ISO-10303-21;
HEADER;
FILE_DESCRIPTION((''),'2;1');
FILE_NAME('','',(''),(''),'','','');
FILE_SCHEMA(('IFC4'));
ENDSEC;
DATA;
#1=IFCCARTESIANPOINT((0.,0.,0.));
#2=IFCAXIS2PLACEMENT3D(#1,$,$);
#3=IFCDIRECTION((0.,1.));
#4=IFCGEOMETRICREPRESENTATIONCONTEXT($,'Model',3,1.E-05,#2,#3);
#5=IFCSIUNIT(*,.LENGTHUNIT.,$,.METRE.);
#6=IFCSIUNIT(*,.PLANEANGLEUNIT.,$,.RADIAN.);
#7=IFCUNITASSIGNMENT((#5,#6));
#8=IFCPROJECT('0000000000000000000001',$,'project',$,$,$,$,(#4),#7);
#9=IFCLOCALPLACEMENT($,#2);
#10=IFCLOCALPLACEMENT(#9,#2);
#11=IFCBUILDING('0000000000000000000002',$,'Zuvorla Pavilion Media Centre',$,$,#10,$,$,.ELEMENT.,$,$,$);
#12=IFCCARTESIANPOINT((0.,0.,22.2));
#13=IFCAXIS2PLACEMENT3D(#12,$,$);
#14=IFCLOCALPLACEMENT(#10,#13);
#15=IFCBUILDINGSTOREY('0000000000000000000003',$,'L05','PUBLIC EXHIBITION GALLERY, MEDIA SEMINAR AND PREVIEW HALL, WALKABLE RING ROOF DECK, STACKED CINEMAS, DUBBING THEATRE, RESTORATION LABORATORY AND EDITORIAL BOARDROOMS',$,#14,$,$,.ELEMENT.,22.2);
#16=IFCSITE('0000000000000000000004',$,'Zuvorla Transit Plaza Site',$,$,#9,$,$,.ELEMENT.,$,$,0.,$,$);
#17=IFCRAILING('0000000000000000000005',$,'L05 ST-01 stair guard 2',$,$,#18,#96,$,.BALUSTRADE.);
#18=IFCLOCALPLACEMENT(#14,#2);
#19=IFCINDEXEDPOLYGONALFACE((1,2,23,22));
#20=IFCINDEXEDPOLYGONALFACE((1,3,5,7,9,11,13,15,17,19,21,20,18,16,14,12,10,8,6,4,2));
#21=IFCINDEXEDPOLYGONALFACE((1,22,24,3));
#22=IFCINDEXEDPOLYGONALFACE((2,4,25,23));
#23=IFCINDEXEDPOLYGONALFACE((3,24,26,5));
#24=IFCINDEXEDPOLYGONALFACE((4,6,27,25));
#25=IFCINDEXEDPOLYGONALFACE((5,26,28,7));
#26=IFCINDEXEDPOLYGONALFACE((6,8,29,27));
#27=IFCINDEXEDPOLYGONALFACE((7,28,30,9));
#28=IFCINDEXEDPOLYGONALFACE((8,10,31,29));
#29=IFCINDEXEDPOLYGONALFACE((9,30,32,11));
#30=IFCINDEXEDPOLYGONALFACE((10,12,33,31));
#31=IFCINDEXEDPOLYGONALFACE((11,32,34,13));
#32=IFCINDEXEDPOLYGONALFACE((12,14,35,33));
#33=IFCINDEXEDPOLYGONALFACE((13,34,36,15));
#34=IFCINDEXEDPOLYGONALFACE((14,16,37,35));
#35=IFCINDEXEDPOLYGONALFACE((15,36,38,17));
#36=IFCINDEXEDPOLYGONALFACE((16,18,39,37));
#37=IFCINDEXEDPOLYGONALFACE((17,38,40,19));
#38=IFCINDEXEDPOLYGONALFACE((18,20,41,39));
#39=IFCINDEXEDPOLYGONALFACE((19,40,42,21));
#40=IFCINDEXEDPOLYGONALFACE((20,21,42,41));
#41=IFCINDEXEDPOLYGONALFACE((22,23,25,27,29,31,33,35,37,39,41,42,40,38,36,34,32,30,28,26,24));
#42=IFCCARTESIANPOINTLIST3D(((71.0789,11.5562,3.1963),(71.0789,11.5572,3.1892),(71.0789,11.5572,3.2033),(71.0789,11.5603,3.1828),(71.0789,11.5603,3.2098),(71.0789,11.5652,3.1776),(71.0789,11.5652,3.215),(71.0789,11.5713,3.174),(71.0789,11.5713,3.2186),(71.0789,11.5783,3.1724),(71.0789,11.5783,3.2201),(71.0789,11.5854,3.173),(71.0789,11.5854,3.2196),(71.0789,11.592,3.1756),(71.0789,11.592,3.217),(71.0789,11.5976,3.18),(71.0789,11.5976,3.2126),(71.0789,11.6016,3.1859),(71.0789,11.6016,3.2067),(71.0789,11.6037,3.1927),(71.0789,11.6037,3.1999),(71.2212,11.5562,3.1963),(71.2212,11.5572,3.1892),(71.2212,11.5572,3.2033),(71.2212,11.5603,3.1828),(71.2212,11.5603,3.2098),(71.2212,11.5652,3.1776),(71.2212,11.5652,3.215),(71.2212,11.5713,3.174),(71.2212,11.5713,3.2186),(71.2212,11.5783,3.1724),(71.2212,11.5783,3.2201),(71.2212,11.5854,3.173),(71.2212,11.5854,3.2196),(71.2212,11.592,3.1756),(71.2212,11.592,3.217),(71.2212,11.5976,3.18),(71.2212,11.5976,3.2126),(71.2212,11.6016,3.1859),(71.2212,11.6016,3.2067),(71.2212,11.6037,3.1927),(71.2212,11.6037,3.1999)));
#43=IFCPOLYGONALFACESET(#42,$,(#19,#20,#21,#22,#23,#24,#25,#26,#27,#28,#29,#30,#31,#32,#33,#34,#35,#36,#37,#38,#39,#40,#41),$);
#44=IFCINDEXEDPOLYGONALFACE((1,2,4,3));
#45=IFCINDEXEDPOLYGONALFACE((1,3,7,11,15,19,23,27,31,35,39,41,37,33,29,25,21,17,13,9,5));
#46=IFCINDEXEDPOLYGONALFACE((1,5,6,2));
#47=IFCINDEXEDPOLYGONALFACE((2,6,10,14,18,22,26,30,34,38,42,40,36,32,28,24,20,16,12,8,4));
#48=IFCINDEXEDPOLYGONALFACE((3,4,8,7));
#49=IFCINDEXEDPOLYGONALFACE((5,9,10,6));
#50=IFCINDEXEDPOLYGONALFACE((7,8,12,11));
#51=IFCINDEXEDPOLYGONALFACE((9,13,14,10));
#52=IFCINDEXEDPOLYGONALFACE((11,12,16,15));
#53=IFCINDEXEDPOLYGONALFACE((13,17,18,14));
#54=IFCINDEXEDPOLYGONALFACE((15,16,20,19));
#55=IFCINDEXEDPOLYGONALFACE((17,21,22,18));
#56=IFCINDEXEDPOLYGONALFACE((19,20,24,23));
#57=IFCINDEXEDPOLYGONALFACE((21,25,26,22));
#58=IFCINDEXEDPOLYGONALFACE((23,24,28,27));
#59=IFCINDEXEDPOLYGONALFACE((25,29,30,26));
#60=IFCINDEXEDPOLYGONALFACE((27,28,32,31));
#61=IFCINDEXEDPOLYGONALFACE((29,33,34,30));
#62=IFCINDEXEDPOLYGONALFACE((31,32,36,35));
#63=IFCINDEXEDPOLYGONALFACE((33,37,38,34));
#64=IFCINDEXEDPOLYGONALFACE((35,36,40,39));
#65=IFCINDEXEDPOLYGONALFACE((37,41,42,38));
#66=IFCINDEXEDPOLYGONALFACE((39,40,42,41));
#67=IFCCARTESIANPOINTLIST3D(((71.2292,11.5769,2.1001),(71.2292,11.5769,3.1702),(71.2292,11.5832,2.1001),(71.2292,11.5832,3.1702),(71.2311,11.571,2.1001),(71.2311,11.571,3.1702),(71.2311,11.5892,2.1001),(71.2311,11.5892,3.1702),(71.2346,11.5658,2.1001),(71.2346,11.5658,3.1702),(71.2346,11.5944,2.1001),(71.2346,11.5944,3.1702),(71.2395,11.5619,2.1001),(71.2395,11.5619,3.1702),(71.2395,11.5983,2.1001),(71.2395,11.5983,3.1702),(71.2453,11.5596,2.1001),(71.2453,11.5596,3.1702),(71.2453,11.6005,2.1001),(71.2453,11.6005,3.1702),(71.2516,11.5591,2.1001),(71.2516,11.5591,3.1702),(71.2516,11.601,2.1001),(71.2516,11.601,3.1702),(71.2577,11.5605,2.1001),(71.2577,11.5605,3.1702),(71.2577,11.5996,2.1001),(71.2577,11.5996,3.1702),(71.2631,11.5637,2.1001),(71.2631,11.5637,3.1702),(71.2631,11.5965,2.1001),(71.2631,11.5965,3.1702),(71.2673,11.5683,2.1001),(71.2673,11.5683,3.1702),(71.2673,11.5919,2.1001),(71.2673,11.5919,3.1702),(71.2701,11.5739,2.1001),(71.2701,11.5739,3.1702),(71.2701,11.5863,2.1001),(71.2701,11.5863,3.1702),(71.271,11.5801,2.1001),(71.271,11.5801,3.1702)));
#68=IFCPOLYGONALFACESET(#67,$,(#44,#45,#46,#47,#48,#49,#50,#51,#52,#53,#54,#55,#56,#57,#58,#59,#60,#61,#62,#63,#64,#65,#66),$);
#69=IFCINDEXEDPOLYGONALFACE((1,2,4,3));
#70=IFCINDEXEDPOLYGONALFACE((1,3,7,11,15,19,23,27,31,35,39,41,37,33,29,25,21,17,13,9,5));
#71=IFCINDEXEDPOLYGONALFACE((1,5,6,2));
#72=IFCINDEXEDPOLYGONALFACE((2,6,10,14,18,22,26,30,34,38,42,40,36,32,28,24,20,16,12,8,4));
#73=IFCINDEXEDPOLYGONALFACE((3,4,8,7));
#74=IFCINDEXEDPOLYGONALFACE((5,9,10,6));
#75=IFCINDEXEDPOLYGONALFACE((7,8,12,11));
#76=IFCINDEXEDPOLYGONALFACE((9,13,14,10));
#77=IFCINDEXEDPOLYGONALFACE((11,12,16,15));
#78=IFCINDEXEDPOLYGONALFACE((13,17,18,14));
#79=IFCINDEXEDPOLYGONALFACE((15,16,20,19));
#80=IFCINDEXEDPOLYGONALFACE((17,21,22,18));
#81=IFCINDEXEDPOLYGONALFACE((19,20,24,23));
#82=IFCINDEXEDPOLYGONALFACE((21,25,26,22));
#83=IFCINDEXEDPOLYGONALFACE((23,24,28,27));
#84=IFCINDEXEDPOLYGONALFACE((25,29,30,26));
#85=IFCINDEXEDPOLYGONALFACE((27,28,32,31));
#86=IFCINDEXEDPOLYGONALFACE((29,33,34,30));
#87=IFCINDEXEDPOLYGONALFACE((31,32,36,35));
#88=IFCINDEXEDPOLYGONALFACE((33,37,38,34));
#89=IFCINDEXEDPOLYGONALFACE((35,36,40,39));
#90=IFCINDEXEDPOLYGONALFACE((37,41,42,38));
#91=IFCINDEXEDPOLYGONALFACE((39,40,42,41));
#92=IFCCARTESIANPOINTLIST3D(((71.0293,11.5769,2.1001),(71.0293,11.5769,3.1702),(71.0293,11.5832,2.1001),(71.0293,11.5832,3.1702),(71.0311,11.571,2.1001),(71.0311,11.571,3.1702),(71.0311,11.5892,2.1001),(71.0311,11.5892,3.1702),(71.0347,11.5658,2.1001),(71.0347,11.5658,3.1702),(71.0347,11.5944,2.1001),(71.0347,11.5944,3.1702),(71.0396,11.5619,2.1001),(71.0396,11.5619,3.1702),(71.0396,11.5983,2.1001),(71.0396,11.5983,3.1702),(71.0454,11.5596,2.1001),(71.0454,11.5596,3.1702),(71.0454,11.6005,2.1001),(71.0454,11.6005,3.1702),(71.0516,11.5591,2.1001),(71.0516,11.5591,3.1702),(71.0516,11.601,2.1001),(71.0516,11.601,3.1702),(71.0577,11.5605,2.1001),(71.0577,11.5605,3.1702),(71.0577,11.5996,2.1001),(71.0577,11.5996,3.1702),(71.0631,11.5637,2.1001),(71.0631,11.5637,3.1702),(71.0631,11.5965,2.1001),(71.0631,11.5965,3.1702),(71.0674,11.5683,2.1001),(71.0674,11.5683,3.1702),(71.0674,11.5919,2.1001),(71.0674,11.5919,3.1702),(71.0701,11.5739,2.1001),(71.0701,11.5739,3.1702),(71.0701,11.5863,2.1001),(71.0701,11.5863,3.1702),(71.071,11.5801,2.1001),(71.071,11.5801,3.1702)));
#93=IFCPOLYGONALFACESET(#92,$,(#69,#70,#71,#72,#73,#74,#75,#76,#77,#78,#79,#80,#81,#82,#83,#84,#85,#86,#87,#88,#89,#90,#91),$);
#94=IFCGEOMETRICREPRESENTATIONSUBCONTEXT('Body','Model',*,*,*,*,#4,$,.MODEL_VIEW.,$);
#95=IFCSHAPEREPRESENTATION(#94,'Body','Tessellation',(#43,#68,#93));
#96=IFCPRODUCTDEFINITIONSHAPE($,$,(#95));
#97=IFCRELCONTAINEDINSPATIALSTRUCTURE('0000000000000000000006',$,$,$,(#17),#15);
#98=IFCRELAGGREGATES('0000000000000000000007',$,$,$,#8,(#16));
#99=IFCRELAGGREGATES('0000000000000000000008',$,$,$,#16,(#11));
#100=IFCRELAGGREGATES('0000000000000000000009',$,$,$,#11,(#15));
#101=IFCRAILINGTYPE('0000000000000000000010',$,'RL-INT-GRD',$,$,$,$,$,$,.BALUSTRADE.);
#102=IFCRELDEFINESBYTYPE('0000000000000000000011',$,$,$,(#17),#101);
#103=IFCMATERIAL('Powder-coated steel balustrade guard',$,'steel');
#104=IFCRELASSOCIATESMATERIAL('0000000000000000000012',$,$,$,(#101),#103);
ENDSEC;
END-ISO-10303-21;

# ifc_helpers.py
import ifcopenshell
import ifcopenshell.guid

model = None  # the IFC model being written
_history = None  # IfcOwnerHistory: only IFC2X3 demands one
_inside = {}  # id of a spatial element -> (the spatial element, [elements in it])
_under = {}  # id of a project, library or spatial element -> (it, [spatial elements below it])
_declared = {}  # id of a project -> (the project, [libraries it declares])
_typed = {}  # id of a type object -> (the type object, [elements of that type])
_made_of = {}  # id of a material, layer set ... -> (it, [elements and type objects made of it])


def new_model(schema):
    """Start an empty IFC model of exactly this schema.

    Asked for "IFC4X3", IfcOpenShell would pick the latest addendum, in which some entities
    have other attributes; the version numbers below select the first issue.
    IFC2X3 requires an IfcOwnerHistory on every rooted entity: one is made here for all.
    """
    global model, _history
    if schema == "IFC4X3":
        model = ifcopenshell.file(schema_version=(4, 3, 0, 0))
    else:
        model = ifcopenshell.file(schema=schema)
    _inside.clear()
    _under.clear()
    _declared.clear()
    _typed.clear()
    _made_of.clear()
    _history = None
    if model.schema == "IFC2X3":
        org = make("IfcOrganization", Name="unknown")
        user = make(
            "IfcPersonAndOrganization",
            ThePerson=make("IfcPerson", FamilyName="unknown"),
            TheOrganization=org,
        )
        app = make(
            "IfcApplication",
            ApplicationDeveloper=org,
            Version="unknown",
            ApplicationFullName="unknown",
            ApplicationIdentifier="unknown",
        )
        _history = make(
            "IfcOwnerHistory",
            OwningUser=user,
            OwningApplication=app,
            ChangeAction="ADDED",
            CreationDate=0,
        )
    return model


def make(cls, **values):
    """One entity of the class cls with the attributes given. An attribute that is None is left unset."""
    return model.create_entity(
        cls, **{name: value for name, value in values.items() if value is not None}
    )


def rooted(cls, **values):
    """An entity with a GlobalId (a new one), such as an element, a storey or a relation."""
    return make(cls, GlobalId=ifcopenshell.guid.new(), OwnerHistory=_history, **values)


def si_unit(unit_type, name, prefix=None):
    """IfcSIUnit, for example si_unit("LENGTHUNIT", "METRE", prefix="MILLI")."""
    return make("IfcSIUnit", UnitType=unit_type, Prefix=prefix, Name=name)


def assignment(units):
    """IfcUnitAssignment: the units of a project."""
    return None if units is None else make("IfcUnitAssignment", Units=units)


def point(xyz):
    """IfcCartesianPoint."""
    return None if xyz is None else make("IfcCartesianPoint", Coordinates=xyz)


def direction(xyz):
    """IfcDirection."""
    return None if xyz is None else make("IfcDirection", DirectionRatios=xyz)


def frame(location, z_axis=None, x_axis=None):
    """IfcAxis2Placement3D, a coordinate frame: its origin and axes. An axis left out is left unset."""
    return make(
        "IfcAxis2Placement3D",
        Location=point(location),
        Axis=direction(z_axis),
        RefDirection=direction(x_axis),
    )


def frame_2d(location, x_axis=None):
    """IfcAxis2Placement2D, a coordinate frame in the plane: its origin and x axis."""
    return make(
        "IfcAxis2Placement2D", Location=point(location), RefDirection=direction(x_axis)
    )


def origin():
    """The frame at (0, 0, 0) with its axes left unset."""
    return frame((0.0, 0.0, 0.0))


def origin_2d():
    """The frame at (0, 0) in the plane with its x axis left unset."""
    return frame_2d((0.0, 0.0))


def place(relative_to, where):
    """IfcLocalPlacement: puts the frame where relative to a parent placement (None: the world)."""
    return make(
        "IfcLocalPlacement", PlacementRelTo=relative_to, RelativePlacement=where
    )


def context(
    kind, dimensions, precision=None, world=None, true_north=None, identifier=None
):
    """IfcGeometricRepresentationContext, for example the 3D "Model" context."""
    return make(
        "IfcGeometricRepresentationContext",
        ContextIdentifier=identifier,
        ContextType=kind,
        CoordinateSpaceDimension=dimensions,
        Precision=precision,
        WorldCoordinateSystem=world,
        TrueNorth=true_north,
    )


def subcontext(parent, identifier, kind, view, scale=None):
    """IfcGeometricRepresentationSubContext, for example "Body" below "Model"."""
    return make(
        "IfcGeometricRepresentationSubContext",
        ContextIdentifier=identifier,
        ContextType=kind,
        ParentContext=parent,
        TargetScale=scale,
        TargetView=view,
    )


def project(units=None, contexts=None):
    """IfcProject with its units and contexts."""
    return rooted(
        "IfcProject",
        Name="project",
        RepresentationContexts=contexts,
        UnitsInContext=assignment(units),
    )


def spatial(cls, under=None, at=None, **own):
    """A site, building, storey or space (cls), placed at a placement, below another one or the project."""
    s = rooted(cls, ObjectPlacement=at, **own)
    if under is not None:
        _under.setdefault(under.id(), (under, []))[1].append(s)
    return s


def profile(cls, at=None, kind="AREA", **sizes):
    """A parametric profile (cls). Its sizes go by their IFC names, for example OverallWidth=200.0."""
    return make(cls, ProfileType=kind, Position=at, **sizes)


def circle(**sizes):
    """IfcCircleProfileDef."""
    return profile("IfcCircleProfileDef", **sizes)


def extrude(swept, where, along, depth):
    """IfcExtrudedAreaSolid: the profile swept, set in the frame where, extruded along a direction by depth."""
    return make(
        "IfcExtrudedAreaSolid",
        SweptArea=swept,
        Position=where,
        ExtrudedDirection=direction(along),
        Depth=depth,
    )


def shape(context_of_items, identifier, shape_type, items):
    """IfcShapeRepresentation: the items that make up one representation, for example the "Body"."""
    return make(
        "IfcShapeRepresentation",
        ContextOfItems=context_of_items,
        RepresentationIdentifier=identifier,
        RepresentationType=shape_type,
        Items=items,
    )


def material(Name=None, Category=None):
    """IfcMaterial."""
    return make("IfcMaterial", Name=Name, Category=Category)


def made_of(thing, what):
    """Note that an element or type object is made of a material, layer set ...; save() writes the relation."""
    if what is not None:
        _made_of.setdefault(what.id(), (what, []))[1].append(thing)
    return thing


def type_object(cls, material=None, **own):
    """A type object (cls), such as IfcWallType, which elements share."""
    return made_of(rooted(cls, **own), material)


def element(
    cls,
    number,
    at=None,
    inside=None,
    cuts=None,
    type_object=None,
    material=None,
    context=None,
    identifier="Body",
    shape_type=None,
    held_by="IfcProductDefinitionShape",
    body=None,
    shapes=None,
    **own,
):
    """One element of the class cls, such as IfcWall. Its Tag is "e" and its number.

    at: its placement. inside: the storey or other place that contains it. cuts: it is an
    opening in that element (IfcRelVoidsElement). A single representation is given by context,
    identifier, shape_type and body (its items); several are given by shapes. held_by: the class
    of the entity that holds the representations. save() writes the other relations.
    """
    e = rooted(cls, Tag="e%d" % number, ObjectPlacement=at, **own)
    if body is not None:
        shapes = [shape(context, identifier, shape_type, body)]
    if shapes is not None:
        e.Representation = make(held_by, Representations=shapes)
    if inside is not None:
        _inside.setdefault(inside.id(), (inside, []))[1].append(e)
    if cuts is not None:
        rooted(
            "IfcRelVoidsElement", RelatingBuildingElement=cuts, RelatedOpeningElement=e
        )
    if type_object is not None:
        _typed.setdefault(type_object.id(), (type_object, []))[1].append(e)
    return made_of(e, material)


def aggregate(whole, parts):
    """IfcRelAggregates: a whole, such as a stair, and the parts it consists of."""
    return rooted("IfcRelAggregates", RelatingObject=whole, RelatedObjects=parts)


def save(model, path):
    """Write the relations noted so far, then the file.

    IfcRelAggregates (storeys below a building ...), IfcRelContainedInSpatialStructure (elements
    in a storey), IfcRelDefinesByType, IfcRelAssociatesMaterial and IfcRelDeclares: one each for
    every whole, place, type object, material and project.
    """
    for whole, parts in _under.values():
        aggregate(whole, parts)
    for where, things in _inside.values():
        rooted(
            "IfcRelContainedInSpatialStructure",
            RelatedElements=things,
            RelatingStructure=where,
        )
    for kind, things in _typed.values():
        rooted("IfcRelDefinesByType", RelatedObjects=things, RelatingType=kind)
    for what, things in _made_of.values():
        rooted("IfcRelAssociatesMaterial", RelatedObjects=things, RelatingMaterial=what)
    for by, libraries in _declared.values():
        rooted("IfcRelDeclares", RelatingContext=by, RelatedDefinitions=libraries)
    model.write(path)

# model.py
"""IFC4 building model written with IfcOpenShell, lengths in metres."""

from ifc_helpers import new_model, si_unit, direction, frame, origin, origin_2d, place, context, subcontext, project, spatial, circle, extrude, material, type_object, element, save


model = new_model("IFC4")

# Units and contexts
model_context = context("Model", 3, precision=1e-05, world=origin(), true_north=direction((0.0, 1.0)))
body_context = subcontext(model_context, "Body", "Model", "MODEL_VIEW")
ifc_project = project(units=[si_unit("LENGTHUNIT", "METRE"), si_unit("PLANEANGLEUNIT", "RADIAN")], contexts=[model_context])

# Site, building, storey
site_placement = place(None, origin())
site = spatial("IfcSite", under=ifc_project, at=site_placement, Name="Zuvorla Transit Plaza Site", CompositionType="ELEMENT", RefElevation=0.0)
building_placement = place(site_placement, origin())
building = spatial("IfcBuilding", under=site, at=building_placement, Name="Zuvorla Pavilion Media Centre", CompositionType="ELEMENT")
storey_placement = place(building_placement, frame((0.0, 0.0, 22.2)))
storey = spatial("IfcBuildingStorey", under=building, at=storey_placement, Name="L05", Description="PUBLIC EXHIBITION GALLERY, MEDIA SEMINAR AND PREVIEW HALL, WALKABLE RING ROOF DECK, STACKED CINEMAS, DUBBING THEATRE, RESTORATION LABORATORY AND EDITORIAL BOARDROOMS", CompositionType="ELEMENT", Elevation=22.2)

# Railing
ifc_material_1 = material(Name="Powder-coated steel balustrade guard", Category="steel")
railing_type_1 = type_object("IfcRailingType", Name="RL-INT-GRD", PredefinedType="BALUSTRADE", material=ifc_material_1)
railing_1_placement = place(storey_placement, frame((71.25, 11.5801, 2.1001)))
element("IfcRailing", 1, at=railing_1_placement, inside=storey, type_object=railing_type_1, Name="L05 ST-01 stair guard 2", PredefinedType="BALUSTRADE", context=body_context, shape_type="SweptSolid", body=[
    extrude(circle(Radius=0.0239, at=origin_2d()), frame((-0.0288, 0.0, 1.0962), z_axis=(-1.0, 0.0, 0.0), x_axis=(0.0, -1.0, 0.0)), (0.0, 0.0, 1.0), 0.1423),
    extrude(circle(Radius=0.021, at=origin_2d()), origin(), (0.0, 0.0, 1.0), 1.0701),
    extrude(circle(Radius=0.021, at=origin_2d()), frame((-0.2, 0.0, 0.0)), (0.0, 0.0, 1.0), 1.0701),
])

save(model, "model.ifc")
